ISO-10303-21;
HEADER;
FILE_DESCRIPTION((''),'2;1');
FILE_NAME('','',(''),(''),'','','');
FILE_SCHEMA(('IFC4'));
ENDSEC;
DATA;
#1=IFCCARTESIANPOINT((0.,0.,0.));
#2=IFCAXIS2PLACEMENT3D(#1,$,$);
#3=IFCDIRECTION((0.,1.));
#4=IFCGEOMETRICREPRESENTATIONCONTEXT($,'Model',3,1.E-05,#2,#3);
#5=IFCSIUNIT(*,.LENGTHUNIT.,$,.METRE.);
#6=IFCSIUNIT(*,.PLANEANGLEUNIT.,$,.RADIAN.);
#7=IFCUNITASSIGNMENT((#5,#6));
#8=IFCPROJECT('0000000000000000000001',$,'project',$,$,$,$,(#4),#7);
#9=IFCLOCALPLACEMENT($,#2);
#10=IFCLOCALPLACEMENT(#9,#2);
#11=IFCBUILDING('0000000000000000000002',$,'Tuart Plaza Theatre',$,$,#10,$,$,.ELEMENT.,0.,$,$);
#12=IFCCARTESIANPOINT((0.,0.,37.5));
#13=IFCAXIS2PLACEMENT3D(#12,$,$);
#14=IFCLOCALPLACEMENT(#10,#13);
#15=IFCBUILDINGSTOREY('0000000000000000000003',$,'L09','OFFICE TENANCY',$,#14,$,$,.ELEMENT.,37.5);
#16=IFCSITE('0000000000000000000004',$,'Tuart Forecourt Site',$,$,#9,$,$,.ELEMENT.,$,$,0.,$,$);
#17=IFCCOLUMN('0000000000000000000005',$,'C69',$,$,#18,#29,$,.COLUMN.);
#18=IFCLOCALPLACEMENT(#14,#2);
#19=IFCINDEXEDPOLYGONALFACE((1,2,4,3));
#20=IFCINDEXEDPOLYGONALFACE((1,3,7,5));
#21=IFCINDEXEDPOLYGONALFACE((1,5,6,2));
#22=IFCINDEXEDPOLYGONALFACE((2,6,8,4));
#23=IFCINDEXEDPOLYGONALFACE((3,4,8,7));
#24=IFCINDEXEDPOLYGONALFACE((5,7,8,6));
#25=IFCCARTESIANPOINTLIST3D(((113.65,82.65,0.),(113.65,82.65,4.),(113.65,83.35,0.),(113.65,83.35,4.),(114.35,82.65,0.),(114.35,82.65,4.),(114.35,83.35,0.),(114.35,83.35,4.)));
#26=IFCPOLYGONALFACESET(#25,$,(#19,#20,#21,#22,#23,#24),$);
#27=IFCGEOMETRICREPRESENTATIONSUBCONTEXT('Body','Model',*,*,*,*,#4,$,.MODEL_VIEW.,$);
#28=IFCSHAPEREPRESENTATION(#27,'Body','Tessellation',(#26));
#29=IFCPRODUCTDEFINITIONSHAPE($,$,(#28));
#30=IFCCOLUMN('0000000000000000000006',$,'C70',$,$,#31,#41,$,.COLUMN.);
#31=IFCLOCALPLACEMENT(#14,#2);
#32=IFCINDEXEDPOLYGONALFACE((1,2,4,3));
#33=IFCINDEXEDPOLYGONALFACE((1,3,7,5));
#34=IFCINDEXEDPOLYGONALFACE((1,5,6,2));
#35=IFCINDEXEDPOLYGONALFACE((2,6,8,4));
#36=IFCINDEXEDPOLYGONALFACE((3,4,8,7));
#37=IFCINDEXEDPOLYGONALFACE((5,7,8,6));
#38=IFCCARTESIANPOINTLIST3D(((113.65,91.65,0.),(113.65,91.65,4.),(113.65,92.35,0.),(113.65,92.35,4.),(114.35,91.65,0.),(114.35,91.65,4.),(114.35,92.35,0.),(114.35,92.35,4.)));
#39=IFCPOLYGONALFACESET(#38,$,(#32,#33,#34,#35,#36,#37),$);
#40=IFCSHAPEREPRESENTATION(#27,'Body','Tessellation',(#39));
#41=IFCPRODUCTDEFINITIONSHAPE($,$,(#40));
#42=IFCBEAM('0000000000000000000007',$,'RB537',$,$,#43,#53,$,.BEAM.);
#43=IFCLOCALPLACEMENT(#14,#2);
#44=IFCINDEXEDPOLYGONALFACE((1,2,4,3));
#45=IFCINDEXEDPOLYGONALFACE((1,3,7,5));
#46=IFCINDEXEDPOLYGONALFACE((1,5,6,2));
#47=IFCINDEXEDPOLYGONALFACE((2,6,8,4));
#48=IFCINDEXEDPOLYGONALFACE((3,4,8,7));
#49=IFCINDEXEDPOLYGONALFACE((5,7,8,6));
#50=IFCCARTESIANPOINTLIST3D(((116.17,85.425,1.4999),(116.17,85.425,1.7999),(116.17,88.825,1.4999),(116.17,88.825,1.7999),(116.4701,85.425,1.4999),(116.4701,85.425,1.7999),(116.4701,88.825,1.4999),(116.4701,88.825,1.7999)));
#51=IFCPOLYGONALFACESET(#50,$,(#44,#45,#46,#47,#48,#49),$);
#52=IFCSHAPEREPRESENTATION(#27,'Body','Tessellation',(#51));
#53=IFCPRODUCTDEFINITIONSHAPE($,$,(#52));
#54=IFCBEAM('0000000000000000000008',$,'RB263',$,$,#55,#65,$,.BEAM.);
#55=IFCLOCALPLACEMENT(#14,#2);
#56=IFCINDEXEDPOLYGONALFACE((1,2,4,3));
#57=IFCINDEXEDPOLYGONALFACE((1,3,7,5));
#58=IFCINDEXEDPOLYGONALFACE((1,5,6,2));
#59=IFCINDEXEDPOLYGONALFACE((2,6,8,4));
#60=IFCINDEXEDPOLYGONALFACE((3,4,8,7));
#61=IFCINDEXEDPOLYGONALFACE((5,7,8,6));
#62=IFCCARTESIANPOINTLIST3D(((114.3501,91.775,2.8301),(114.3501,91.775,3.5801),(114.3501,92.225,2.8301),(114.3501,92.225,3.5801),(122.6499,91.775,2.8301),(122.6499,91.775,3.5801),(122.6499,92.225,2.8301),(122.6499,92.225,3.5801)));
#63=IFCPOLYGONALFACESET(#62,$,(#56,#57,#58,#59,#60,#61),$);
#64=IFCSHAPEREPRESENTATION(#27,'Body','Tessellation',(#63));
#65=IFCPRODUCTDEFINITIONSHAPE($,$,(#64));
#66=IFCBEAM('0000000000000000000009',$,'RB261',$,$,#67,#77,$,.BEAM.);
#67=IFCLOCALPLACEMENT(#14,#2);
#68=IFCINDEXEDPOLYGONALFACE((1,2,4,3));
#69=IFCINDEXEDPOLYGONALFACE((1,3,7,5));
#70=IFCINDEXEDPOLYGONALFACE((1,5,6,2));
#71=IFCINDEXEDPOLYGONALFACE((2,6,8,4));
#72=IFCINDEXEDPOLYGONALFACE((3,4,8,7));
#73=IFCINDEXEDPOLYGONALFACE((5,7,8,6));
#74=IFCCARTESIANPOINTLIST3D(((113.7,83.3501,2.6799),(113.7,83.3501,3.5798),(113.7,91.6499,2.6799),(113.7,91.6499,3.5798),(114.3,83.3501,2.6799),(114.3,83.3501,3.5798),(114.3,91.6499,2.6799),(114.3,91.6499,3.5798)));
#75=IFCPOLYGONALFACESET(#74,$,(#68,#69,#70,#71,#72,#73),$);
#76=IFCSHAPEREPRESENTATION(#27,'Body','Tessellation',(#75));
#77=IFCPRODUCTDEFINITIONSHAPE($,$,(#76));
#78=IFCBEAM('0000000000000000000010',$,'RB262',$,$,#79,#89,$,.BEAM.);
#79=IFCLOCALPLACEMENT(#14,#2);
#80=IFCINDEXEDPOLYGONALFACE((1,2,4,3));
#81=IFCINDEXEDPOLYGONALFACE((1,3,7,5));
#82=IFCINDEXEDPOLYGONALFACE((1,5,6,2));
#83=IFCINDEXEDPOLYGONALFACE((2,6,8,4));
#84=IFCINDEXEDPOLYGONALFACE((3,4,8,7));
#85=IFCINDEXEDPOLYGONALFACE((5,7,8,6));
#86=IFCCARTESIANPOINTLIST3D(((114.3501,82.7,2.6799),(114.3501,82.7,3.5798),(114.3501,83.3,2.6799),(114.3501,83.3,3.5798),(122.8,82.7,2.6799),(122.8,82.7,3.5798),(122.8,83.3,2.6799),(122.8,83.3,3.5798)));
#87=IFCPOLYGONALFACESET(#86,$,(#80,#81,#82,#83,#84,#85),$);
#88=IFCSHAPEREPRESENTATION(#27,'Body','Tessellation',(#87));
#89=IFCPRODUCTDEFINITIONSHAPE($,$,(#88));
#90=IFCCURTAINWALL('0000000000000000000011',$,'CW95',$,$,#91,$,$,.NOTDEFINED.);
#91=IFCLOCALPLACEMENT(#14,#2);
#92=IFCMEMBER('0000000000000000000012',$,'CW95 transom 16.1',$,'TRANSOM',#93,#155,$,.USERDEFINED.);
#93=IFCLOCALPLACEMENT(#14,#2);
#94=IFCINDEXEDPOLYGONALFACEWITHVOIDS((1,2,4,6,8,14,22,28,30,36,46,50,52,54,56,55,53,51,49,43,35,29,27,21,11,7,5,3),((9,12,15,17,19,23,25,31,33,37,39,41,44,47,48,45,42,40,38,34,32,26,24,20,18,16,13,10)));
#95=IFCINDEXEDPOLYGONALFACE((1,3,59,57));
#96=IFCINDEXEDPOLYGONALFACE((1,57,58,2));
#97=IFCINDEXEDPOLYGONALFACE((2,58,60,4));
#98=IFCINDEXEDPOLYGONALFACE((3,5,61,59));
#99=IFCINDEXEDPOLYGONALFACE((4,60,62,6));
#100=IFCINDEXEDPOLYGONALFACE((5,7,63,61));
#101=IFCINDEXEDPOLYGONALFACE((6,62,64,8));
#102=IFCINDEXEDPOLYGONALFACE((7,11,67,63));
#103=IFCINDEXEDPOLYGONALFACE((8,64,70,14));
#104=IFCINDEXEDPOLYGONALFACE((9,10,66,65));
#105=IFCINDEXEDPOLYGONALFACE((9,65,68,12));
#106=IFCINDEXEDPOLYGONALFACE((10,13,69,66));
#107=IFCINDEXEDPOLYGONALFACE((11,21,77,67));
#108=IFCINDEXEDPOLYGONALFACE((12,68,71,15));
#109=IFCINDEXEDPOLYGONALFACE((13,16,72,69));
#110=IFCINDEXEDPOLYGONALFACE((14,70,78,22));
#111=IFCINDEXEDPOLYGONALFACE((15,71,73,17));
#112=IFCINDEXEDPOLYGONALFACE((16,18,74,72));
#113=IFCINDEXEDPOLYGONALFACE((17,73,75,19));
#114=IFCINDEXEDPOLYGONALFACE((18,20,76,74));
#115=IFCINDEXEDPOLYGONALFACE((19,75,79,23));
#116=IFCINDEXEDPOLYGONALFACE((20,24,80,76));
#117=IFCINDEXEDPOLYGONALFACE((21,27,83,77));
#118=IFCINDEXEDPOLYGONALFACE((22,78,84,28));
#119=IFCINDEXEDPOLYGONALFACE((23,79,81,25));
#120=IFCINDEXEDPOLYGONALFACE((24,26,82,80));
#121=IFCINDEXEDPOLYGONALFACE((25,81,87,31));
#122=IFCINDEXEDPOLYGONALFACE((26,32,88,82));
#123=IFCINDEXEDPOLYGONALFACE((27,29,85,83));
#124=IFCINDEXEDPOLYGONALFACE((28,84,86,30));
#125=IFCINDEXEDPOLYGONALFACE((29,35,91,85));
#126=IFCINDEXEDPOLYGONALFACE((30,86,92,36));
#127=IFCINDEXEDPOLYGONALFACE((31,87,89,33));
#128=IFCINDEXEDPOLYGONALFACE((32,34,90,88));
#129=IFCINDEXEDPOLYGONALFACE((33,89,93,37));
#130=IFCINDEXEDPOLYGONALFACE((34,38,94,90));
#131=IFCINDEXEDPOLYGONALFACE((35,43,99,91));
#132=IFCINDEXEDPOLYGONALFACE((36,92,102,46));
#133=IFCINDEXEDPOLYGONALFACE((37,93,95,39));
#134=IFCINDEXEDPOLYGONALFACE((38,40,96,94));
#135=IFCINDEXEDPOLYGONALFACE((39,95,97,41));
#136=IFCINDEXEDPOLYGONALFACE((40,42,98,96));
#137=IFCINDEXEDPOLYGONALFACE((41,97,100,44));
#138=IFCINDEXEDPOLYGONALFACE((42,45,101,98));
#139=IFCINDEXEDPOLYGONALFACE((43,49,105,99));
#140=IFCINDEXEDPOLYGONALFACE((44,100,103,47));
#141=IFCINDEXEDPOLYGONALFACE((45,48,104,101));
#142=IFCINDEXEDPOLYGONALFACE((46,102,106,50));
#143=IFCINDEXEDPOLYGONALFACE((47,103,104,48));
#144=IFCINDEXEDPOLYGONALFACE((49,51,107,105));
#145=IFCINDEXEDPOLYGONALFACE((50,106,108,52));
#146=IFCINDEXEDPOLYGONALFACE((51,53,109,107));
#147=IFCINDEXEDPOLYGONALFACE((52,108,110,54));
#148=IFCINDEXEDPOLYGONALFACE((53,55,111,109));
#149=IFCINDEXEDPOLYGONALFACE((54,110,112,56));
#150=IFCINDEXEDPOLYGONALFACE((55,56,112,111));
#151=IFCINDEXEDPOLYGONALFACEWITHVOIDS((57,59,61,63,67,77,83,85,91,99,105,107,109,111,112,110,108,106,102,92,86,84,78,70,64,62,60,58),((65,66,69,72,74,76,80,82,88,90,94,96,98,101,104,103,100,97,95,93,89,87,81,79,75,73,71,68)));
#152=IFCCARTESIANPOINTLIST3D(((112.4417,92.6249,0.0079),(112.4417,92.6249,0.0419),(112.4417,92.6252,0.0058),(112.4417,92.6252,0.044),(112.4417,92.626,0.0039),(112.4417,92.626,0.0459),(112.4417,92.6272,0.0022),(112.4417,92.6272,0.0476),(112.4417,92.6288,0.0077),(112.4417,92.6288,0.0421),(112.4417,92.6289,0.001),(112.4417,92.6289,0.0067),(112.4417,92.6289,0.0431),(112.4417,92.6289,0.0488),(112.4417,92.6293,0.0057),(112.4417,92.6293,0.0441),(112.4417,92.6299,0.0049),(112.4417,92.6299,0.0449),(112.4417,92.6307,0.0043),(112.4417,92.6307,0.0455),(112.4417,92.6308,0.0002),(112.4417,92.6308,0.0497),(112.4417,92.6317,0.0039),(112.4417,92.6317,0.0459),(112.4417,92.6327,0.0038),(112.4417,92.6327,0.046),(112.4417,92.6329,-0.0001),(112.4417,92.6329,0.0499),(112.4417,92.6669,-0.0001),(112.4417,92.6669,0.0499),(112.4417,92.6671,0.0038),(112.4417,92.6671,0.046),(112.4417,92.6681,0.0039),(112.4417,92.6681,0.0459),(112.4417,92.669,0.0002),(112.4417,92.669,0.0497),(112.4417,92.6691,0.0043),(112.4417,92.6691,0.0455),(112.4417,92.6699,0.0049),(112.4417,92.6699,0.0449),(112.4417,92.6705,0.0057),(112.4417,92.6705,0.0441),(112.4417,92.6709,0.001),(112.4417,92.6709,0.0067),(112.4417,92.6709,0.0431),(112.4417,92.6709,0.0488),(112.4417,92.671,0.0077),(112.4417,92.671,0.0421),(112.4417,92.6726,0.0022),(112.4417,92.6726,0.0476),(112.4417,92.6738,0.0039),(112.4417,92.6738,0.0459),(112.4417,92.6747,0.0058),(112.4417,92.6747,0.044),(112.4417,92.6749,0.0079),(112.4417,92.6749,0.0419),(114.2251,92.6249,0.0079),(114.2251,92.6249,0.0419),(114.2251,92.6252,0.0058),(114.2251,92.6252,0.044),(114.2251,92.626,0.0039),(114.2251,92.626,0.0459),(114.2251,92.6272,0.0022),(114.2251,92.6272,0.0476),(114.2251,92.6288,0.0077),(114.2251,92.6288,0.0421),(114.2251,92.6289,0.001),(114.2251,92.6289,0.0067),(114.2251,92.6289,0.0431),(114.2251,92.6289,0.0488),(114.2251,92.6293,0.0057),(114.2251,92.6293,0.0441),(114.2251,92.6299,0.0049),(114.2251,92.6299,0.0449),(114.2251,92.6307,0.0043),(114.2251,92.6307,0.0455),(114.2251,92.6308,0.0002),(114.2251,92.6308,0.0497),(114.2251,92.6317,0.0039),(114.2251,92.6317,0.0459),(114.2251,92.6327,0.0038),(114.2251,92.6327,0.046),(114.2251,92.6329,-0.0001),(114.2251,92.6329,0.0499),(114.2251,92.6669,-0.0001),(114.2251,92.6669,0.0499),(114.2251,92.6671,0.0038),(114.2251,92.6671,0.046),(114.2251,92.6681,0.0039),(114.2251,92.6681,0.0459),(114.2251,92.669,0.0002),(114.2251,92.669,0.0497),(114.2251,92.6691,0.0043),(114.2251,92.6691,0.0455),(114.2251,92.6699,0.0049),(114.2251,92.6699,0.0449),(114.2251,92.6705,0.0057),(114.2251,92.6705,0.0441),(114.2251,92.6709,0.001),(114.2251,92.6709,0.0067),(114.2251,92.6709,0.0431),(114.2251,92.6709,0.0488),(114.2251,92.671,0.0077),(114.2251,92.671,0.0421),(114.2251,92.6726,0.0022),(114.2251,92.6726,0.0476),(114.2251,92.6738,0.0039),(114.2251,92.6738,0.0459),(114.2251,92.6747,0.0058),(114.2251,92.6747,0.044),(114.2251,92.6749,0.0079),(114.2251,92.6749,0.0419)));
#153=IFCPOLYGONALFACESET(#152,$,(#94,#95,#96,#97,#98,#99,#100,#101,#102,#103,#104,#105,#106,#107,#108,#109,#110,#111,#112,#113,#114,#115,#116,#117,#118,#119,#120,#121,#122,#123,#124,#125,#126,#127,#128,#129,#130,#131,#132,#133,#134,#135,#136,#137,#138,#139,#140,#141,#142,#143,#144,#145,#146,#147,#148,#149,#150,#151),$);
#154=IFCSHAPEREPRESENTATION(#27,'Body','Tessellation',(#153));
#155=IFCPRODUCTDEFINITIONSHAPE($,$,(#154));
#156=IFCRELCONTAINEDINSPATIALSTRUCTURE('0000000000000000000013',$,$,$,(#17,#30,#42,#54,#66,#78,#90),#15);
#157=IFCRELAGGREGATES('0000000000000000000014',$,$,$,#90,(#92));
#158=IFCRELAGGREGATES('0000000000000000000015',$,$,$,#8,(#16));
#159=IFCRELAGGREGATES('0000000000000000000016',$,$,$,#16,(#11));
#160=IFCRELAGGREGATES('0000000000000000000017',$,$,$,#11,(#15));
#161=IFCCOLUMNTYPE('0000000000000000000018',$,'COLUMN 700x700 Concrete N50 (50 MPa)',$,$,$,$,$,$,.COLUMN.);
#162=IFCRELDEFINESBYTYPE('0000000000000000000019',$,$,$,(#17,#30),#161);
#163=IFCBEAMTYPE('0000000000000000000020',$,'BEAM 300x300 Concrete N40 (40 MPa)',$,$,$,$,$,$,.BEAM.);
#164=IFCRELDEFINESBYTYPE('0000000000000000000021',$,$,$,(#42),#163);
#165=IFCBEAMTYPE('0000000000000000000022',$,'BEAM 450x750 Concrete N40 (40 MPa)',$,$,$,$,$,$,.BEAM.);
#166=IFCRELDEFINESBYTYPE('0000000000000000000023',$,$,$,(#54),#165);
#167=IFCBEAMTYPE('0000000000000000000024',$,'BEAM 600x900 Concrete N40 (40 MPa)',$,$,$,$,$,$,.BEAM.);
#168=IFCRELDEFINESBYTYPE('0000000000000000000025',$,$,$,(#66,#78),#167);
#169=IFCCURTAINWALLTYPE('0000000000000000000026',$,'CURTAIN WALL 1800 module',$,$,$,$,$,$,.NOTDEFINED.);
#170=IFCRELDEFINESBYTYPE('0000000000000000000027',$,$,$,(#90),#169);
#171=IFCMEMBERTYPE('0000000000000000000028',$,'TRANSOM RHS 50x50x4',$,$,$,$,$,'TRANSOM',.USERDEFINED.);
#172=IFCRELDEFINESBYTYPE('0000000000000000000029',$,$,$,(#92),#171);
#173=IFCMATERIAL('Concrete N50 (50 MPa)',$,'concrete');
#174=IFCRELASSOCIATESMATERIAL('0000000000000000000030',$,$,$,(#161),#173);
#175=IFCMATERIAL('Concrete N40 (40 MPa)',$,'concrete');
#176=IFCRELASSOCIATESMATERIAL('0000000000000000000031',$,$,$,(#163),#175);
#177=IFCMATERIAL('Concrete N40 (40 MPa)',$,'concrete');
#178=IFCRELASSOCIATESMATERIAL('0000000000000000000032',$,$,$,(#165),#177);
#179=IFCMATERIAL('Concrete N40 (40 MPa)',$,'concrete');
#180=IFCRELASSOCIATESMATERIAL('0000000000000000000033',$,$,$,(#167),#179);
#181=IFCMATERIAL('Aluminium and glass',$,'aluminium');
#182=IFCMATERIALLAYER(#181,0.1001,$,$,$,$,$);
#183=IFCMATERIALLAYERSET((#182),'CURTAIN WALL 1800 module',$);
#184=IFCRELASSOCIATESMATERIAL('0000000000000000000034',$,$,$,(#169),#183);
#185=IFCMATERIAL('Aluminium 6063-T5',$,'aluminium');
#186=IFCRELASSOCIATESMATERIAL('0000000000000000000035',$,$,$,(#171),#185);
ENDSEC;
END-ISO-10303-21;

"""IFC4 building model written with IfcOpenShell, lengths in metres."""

from ifc_helpers import new_model, si_unit, direction, frame, origin, origin_2d, place, context, subcontext, project, spatial, rectangle, hollow_rectangle, extrude, material, layer, layer_set, material_profile, profile_set, type_object, element, aggregate, save


model = new_model("IFC4")

# Units and contexts
model_context = context("Model", 3, precision=1e-05, world=origin(), true_north=direction((0.0, 1.0)))
body_context = subcontext(model_context, "Body", "Model", "MODEL_VIEW")
ifc_project = project(units=[si_unit("LENGTHUNIT", "METRE"), si_unit("PLANEANGLEUNIT", "RADIAN")], contexts=[model_context])

# Site, building, storey
site_placement = place(None, origin())
site = spatial("IfcSite", under=ifc_project, at=site_placement, Name="Tuart Forecourt Site", CompositionType="ELEMENT", RefElevation=0.0)
building_placement = place(site_placement, origin())
building = spatial("IfcBuilding", under=site, at=building_placement, Name="Tuart Plaza Theatre", CompositionType="ELEMENT", ElevationOfRefHeight=0.0)
storey_placement = place(building_placement, frame((0.0, 0.0, 37.5)))
storey = spatial("IfcBuildingStorey", under=building, at=storey_placement, Name="L09", Description="OFFICE TENANCY", CompositionType="ELEMENT", Elevation=37.5)

# Columns
ifc_material_1 = material(Name="Concrete N50 (50 MPa)", Category="concrete")
ifc_material_profile_1 = material_profile(ifc_material_1, rectangle(XDim=0.7, YDim=0.7, at=origin_2d()), Name="COLUMN 700x700 Concrete N50 (50 MPa)")
ifc_profile_set_1 = profile_set([ifc_material_profile_1], Name="Concrete N50 (50 MPa)")
column_type = type_object("IfcColumnType", Name="COLUMN 700x700 Concrete N50 (50 MPa)", PredefinedType="COLUMN", material=ifc_profile_set_1)
for number, where, z_axis, x_axis, name in (
    (1, (114.0, 83.0, 0.0), (0.0, 0.0, 1.0), (1.0, 0.0, 0.0), "C69"),
    (2, (114.0, 92.0, 0.0), (0.0, 0.0, 1.0), (1.0, 0.0, 0.0), "C70"),
):
    element("IfcColumn", number, at=place(storey_placement, frame(where, z_axis=z_axis, x_axis=x_axis)), inside=storey, type_object=column_type, Name=name, PredefinedType="COLUMN", context=body_context, shape_type="SweptSolid", body=[
        extrude(rectangle(XDim=0.7, YDim=0.7, at=origin_2d()), origin(), (0.0, 0.0, 1.0), 4.0),
    ])

# Beams
ifc_material_2 = material(Name="Concrete N40 (40 MPa)", Category="concrete")
ifc_material_profile_2 = material_profile(ifc_material_2, rectangle(XDim=0.3, YDim=0.3, at=origin_2d()), Name="BEAM 300x300 Concrete N40 (40 MPa)")
ifc_profile_set_2 = profile_set([ifc_material_profile_2], Name="Concrete N40 (40 MPa)")
beam_type_1 = type_object("IfcBeamType", Name="BEAM 300x300 Concrete N40 (40 MPa)", PredefinedType="BEAM", material=ifc_profile_set_2)
beam_1_placement = place(storey_placement, frame((116.3201, 88.825, 1.6499), z_axis=(0.0, -1.0, 0.0), x_axis=(1.0, 0.0, 0.0)))
element("IfcBeam", 3, at=beam_1_placement, inside=storey, type_object=beam_type_1, Name="RB537", PredefinedType="BEAM", context=body_context, shape_type="SweptSolid", body=[
    extrude(rectangle(XDim=0.3, YDim=0.3, at=origin_2d()), origin(), (0.0, 0.0, 1.0), 3.3999),
])
ifc_material_3 = material(Name="Concrete N40 (40 MPa)", Category="concrete")
ifc_material_profile_3 = material_profile(ifc_material_3, rectangle(XDim=0.45, YDim=0.75, at=origin_2d()), Name="BEAM 450x750 Concrete N40 (40 MPa)")
ifc_profile_set_3 = profile_set([ifc_material_profile_3], Name="Concrete N40 (40 MPa)")
beam_type_2 = type_object("IfcBeamType", Name="BEAM 450x750 Concrete N40 (40 MPa)", PredefinedType="BEAM", material=ifc_profile_set_3)
beam_2_placement = place(storey_placement, frame((114.3501, 92.0, 3.2051), z_axis=(1.0, 0.0, 0.0), x_axis=(0.0, 1.0, 0.0)))
element("IfcBeam", 4, at=beam_2_placement, inside=storey, type_object=beam_type_2, Name="RB263", PredefinedType="BEAM", context=body_context, shape_type="SweptSolid", body=[
    extrude(rectangle(XDim=0.45, YDim=0.75, at=origin_2d()), origin(), (0.0, 0.0, 1.0), 8.2998),
])
ifc_material_4 = material(Name="Concrete N40 (40 MPa)", Category="concrete")
ifc_material_profile_4 = material_profile(ifc_material_4, rectangle(XDim=0.6001, YDim=0.8999, at=origin_2d()), Name="BEAM 600x900 Concrete N40 (40 MPa)")
ifc_profile_set_4 = profile_set([ifc_material_profile_4], Name="Concrete N40 (40 MPa)")
beam_type_3 = type_object("IfcBeamType", Name="BEAM 600x900 Concrete N40 (40 MPa)", PredefinedType="BEAM", material=ifc_profile_set_4)
beam_3_placement = place(storey_placement, frame((114.0, 83.3501, 3.1299), z_axis=(0.0, 1.0, 0.0), x_axis=(-1.0, 0.0, 0.0)))
element("IfcBeam", 5, at=beam_3_placement, inside=storey, type_object=beam_type_3, Name="RB261", PredefinedType="BEAM", context=body_context, shape_type="SweptSolid", body=[
    extrude(rectangle(XDim=0.6001, YDim=0.8999, at=origin_2d()), origin(), (0.0, 0.0, 1.0), 8.2998),
])
beam_4_placement = place(storey_placement, frame((114.3501, 83.0, 3.1299), z_axis=(1.0, 0.0, 0.0), x_axis=(0.0, 1.0, 0.0)))
element("IfcBeam", 6, at=beam_4_placement, inside=storey, type_object=beam_type_3, Name="RB262", PredefinedType="BEAM", context=body_context, shape_type="SweptSolid", body=[
    extrude(rectangle(XDim=0.6001, YDim=0.8999, at=origin_2d()), origin(), (0.0, 0.0, 1.0), 8.45),
])

# Curtain wall, member
ifc_material_5 = material(Name="Aluminium and glass", Category="aluminium")
ifc_layer_1 = layer(ifc_material_5, 0.1001)
ifc_layer_set_1 = layer_set([ifc_layer_1], Name="CURTAIN WALL 1800 module")
curtain_wall_type = type_object("IfcCurtainWallType", Name="CURTAIN WALL 1800 module", PredefinedType="NOTDEFINED", material=ifc_layer_set_1)
curtain_wall_placement = place(storey_placement, origin())
curtain_wall = element("IfcCurtainWall", 7, at=curtain_wall_placement, inside=storey, type_object=curtain_wall_type, Name="CW95", PredefinedType="NOTDEFINED")
ifc_material_6 = material(Name="Aluminium 6063-T5", Category="aluminium")
ifc_material_profile_5 = material_profile(ifc_material_6, hollow_rectangle(XDim=0.05, YDim=0.05, WallThickness=0.0039, InnerFilletRadius=0.0039, OuterFilletRadius=0.0081, at=origin_2d()), Name="RHS 50x50x4")
ifc_profile_set_5 = profile_set([ifc_material_profile_5], Name="Aluminium 6063-T5")
member_type = type_object("IfcMemberType", Name="TRANSOM RHS 50x50x4", ElementType="TRANSOM", PredefinedType="USERDEFINED", material=ifc_profile_set_5)
member_1_placement = place(storey_placement, frame((114.2251, 92.6499, 0.0249), z_axis=(-1.0, 0.0, 0.0), x_axis=(0.0, -1.0, 0.0)))
member_1 = element("IfcMember", 8, at=member_1_placement, type_object=member_type, Name="CW95 transom 16.1", ObjectType="TRANSOM", PredefinedType="USERDEFINED", context=body_context, shape_type="SweptSolid", body=[
    extrude(hollow_rectangle(XDim=0.05, YDim=0.05, WallThickness=0.0039, InnerFilletRadius=0.0039, OuterFilletRadius=0.0081, at=origin_2d()), origin(), (0.0, 0.0, 1.0), 1.7834),
])
aggregate(curtain_wall, [member_1])

save(model, "model.ifc")
